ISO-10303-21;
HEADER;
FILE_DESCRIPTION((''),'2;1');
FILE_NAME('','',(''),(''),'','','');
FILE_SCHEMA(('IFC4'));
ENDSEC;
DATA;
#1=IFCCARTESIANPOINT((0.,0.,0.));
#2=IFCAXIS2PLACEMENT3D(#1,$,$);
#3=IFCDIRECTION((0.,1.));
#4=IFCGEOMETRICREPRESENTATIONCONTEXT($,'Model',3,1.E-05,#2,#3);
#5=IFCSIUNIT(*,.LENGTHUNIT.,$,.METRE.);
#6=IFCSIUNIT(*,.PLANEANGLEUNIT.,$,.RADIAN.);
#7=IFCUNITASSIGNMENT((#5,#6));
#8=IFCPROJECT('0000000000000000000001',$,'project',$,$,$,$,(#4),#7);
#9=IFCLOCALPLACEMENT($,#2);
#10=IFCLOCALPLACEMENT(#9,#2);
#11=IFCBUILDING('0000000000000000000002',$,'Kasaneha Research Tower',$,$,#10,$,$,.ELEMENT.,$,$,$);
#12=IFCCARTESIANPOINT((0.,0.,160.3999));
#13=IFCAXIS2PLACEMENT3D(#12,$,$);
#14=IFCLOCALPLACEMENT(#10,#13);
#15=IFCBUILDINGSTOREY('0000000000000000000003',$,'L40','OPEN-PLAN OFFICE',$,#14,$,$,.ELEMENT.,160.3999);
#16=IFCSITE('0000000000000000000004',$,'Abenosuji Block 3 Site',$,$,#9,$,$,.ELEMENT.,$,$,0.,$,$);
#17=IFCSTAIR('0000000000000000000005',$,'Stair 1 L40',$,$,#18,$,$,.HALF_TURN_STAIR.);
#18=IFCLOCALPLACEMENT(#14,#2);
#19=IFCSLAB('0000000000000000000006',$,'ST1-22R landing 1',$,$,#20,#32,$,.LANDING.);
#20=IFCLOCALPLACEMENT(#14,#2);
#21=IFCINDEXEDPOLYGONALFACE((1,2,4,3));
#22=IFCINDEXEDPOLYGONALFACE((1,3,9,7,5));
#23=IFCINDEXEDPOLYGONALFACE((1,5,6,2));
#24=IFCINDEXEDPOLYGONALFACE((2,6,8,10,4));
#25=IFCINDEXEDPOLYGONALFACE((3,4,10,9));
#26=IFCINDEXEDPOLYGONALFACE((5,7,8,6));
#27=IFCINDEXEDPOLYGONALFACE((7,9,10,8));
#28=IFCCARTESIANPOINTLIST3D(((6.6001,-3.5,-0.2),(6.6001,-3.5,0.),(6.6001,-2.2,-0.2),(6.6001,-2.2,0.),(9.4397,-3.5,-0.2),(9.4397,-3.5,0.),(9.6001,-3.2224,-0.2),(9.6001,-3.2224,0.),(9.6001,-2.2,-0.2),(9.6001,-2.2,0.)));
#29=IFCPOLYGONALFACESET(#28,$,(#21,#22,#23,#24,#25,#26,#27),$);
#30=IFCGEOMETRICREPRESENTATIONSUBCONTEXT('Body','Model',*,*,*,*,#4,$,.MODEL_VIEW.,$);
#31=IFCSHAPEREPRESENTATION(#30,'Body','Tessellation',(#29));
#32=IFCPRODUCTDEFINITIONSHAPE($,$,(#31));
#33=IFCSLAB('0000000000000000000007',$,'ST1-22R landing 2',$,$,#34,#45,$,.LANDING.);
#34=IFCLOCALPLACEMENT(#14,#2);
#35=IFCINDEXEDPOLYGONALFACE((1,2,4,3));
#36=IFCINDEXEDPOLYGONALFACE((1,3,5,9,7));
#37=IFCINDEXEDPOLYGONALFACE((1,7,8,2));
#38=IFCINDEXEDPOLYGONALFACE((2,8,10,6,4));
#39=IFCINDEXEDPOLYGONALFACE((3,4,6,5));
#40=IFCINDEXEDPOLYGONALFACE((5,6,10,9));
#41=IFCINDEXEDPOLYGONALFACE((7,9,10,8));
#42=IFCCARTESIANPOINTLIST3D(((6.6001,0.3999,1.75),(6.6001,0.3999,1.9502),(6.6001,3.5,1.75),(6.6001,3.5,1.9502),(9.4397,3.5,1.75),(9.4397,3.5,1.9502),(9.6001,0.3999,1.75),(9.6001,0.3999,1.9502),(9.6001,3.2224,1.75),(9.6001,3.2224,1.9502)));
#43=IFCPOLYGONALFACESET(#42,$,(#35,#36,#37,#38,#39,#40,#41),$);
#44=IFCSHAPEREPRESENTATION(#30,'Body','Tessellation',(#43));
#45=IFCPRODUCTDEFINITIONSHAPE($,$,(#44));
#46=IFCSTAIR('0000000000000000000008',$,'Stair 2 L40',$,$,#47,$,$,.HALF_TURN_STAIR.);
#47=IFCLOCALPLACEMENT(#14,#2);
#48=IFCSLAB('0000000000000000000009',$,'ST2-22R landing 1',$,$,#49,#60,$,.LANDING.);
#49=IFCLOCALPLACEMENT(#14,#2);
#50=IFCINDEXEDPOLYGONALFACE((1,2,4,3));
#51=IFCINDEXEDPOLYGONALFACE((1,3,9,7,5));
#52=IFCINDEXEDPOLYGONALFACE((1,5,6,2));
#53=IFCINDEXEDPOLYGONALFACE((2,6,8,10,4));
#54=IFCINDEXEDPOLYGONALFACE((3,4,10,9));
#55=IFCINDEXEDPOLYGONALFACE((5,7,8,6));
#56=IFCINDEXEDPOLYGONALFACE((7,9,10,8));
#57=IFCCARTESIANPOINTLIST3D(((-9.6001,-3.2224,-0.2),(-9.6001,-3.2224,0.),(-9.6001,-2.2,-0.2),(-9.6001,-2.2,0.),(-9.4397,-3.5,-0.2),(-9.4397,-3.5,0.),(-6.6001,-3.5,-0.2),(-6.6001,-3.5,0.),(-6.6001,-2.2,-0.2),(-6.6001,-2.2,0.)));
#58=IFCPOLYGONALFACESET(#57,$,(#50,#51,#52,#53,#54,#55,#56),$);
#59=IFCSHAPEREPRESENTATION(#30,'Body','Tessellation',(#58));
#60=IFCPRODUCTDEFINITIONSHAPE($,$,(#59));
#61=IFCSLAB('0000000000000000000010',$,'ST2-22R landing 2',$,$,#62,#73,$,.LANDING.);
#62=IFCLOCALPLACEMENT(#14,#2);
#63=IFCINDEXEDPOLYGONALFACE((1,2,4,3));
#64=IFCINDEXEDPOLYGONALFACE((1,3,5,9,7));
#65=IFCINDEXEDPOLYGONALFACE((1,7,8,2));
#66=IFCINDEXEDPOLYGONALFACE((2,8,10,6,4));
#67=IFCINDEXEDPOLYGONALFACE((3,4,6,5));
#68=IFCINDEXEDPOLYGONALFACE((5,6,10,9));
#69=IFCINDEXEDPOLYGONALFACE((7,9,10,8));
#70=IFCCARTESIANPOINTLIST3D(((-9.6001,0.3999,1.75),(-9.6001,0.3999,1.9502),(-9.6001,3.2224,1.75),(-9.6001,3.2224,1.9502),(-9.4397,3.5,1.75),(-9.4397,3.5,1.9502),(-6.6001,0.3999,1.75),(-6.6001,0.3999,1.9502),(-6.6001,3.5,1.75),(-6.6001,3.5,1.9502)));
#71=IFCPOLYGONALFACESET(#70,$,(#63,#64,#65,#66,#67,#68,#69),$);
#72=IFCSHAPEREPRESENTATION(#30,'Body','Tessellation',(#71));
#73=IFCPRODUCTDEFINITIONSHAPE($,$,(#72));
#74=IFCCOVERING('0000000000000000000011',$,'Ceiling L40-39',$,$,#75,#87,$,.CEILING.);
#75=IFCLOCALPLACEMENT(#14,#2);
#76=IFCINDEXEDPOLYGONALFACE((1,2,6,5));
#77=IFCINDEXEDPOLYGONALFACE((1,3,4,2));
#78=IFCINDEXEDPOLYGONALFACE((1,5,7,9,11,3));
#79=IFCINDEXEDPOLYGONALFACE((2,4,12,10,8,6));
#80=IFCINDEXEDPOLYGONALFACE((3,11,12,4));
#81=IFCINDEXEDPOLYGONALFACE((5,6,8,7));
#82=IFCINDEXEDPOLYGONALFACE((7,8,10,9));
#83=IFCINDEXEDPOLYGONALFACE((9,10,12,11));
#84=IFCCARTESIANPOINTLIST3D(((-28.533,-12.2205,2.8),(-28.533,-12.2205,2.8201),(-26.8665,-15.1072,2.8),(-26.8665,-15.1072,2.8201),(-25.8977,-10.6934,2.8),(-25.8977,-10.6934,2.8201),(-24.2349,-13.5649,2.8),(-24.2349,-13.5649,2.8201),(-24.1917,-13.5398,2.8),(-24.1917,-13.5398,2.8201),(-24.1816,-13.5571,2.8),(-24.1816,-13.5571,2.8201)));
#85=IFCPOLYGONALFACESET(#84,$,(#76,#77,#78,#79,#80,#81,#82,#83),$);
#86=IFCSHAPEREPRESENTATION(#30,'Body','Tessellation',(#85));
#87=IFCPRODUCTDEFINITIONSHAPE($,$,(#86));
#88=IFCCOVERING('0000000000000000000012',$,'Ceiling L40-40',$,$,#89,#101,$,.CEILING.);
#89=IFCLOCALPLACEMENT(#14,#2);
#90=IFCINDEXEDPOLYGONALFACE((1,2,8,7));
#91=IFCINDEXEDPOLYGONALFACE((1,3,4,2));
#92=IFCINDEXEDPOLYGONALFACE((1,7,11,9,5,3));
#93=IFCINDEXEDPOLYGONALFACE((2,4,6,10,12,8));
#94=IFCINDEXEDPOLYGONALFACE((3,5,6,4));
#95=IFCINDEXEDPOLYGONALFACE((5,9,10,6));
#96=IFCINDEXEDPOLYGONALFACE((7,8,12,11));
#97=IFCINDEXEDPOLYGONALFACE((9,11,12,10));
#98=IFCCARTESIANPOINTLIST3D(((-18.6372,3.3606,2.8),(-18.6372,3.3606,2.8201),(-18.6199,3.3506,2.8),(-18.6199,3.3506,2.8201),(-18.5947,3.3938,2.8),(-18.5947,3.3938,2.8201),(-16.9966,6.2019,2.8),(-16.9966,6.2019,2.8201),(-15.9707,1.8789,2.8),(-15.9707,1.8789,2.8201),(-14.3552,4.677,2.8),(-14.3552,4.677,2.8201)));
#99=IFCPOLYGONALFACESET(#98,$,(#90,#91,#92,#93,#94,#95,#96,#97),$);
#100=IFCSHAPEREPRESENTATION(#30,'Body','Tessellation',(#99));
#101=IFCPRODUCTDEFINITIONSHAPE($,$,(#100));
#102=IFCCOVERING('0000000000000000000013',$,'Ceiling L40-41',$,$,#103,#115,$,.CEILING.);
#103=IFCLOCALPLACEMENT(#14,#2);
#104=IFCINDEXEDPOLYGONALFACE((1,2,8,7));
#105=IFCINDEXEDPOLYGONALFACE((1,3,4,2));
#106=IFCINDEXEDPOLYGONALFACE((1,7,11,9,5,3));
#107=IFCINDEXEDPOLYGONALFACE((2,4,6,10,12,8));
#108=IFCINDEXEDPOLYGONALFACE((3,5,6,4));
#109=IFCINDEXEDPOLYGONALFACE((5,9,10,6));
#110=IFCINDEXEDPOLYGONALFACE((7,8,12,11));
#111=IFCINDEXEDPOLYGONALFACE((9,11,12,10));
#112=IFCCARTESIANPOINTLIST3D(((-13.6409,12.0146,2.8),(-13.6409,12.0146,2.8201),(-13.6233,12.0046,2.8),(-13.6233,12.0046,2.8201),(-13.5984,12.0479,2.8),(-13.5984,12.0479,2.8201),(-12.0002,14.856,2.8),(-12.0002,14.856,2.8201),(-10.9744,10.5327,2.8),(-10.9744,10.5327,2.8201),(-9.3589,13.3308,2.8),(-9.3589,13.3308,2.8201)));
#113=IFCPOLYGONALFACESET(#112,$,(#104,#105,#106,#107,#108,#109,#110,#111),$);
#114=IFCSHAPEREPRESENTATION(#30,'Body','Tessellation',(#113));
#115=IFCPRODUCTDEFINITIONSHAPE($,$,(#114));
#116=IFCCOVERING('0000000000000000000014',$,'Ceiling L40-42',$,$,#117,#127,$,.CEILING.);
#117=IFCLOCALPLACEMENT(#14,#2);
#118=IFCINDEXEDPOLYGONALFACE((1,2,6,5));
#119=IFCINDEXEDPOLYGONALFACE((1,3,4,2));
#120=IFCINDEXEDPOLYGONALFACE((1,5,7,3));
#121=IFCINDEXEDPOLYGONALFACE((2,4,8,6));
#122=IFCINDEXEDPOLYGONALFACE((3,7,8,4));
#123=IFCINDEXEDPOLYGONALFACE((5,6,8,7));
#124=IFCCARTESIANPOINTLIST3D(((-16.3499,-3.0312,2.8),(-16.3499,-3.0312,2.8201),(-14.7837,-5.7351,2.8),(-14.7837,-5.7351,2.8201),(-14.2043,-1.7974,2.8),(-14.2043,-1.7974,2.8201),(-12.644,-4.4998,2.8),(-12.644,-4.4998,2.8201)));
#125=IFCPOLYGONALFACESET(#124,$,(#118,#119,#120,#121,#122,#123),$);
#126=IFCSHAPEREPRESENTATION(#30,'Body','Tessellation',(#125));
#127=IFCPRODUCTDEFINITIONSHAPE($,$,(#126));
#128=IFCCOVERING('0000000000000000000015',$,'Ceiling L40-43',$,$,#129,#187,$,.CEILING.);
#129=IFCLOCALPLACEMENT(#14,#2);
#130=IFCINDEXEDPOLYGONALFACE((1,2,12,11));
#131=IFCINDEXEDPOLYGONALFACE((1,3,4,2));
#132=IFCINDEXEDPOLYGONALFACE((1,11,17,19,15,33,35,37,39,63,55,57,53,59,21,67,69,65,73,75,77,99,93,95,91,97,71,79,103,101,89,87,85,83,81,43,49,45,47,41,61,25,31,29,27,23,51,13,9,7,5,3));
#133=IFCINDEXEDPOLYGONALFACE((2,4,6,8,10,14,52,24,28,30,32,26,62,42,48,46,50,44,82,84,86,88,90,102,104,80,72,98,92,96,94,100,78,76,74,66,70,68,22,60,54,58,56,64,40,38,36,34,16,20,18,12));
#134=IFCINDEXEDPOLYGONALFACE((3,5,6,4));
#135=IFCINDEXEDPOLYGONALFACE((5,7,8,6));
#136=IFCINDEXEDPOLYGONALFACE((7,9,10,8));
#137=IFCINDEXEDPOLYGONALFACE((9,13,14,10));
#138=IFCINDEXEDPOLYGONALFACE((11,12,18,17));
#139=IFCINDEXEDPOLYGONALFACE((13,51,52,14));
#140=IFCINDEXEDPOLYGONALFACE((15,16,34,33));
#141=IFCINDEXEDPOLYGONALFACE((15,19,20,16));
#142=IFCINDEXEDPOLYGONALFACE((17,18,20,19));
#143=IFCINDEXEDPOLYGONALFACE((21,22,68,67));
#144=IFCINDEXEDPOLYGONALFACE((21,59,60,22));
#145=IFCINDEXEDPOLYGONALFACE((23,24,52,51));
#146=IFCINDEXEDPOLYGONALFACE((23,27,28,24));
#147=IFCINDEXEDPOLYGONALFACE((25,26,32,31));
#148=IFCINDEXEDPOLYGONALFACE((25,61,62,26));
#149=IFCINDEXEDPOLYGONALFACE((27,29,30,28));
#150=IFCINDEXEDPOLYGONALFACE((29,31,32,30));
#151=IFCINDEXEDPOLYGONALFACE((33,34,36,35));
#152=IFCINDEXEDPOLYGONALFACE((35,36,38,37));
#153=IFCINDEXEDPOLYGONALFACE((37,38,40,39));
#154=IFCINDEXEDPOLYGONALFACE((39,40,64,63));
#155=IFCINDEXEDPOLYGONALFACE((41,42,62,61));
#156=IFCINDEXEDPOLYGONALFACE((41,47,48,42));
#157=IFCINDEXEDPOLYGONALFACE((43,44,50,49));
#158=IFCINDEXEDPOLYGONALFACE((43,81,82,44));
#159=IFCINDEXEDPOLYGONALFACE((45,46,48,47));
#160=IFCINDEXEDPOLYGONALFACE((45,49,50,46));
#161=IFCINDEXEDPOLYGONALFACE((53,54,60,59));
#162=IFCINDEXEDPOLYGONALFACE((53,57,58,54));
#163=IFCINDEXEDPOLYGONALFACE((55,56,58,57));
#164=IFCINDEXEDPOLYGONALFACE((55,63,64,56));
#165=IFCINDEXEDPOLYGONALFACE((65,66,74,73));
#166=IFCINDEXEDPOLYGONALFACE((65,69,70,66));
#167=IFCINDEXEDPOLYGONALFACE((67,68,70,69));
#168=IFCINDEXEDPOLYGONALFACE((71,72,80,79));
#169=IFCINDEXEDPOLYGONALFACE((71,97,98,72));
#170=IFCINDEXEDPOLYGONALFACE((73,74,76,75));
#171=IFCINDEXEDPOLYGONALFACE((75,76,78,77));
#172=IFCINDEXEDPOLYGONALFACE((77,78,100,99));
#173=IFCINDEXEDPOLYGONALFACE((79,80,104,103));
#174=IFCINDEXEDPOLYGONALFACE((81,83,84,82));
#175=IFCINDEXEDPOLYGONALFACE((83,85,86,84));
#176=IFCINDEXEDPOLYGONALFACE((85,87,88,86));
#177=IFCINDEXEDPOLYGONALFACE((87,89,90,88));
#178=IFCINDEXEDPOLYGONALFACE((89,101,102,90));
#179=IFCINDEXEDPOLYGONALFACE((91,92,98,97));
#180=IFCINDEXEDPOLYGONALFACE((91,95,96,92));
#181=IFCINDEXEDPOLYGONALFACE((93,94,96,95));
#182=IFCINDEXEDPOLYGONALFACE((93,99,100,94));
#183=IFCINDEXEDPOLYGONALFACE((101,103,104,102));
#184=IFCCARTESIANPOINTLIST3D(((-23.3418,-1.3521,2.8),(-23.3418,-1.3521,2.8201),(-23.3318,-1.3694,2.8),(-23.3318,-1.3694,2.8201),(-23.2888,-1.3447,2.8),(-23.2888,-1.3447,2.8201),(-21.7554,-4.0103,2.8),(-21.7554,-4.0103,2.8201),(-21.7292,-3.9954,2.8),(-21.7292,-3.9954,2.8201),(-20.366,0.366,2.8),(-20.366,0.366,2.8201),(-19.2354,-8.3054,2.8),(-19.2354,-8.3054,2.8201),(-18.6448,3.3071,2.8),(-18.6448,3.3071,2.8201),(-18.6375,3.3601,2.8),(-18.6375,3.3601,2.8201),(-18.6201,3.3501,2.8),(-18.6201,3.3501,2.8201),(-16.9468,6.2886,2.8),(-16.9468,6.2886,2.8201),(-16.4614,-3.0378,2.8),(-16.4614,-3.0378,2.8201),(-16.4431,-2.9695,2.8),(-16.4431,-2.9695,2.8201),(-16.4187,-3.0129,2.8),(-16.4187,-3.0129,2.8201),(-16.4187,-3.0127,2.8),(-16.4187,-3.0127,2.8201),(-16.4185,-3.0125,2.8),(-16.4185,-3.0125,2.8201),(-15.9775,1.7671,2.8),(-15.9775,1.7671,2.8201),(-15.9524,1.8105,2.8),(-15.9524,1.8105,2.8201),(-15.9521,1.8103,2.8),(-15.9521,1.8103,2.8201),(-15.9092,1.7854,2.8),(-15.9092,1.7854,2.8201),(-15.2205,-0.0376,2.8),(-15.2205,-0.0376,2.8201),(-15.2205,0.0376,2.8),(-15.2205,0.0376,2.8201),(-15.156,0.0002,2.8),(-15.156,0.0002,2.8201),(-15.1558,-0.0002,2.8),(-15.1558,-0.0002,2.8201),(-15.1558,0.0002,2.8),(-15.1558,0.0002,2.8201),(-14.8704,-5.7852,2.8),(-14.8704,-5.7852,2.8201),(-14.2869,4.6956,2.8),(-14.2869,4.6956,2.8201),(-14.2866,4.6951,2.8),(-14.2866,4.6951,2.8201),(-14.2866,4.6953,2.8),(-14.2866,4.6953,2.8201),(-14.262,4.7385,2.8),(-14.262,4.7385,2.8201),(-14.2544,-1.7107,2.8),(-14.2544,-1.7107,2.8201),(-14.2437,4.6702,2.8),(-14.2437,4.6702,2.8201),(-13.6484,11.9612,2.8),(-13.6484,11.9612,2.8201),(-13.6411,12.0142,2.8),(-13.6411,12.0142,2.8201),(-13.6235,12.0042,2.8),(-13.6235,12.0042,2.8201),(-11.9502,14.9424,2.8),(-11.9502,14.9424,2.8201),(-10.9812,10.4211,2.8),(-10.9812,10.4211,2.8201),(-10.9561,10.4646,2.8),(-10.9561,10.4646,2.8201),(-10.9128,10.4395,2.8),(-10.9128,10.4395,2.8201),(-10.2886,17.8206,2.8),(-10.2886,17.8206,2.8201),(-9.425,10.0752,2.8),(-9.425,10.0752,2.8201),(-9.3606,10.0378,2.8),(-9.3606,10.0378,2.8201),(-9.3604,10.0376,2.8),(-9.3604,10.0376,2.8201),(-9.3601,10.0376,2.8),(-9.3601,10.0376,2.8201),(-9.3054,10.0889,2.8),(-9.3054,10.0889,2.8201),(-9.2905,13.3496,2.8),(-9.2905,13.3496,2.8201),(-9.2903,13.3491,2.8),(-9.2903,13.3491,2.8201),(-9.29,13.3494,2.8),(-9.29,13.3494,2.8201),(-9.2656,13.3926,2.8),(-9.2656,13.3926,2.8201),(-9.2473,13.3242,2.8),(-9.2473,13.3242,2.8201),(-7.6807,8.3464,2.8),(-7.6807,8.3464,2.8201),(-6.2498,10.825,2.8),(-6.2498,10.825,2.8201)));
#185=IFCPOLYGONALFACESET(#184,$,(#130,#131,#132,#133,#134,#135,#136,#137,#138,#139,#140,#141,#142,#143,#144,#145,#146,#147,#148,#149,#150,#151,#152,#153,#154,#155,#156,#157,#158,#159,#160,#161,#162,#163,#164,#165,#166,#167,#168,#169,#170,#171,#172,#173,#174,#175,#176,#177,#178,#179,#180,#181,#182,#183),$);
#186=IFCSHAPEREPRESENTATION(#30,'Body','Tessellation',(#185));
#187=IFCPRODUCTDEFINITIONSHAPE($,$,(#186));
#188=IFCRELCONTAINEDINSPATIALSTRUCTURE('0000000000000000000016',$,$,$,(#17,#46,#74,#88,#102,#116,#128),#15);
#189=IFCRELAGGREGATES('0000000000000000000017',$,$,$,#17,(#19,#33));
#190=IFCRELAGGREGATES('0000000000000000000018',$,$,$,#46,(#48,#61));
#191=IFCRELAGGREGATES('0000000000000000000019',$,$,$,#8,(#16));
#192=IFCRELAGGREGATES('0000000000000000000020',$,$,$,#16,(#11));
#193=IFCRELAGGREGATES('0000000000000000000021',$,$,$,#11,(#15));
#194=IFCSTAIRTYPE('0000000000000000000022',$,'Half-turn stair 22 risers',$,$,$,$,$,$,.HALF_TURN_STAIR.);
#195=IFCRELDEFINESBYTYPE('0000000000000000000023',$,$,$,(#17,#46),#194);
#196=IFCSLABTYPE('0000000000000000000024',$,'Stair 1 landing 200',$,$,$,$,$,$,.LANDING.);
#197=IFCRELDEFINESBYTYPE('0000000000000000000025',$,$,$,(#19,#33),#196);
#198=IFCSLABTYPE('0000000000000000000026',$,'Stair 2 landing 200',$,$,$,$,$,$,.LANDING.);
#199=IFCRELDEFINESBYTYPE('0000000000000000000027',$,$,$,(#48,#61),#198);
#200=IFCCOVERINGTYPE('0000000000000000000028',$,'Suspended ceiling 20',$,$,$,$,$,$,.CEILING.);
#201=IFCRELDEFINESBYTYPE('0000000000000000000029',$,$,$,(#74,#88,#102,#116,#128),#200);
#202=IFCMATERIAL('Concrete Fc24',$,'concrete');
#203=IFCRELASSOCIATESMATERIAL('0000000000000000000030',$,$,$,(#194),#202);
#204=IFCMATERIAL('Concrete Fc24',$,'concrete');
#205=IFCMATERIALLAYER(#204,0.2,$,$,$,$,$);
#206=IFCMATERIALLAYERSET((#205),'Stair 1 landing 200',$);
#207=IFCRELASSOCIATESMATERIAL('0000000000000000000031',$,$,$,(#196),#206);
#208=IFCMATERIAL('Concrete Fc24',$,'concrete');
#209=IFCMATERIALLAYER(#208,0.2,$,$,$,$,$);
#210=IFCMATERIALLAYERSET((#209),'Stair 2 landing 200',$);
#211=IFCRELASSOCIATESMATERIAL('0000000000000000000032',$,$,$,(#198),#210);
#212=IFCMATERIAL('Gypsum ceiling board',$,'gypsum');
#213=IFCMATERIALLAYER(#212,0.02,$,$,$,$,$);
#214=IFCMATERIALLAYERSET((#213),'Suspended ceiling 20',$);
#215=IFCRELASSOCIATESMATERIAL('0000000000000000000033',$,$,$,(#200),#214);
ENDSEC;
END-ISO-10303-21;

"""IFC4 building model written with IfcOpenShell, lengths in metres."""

from ifc_helpers import new_model, si_unit, direction, frame, origin, place, context, subcontext, project, spatial, polyline, outline, extrude, material, layer, layer_set, type_object, element, aggregate, save


model = new_model("IFC4")

# Units and contexts
model_context = context("Model", 3, precision=1e-05, world=origin(), true_north=direction((0.0, 1.0)))
body_context = subcontext(model_context, "Body", "Model", "MODEL_VIEW")
ifc_project = project(units=[si_unit("LENGTHUNIT", "METRE"), si_unit("PLANEANGLEUNIT", "RADIAN")], contexts=[model_context])

# Site, building, storey
site_placement = place(None, origin())
site = spatial("IfcSite", under=ifc_project, at=site_placement, Name="Abenosuji Block 3 Site", CompositionType="ELEMENT", RefElevation=0.0)
building_placement = place(site_placement, origin())
building = spatial("IfcBuilding", under=site, at=building_placement, Name="Kasaneha Research Tower", CompositionType="ELEMENT")
storey_placement = place(building_placement, frame((0.0, 0.0, 160.3999)))
storey = spatial("IfcBuildingStorey", under=building, at=storey_placement, Name="L40", Description="OPEN-PLAN OFFICE", CompositionType="ELEMENT", Elevation=160.3999)

# Stairs, slabs
ifc_material_1 = material(Name="Concrete Fc24", Category="concrete")
stair_type = type_object("IfcStairType", Name="Half-turn stair 22 risers", PredefinedType="HALF_TURN_STAIR", material=ifc_material_1)
stair_1_placement = place(storey_placement, origin())
stair_1 = element("IfcStair", 1, at=stair_1_placement, inside=storey, type_object=stair_type, Name="Stair 1 L40", PredefinedType="HALF_TURN_STAIR")
ifc_material_2 = material(Name="Concrete Fc24", Category="concrete")
ifc_layer_1 = layer(ifc_material_2, 0.2)
ifc_layer_set_1 = layer_set([ifc_layer_1], Name="Stair 1 landing 200")
slab_type_1 = type_object("IfcSlabType", Name="Stair 1 landing 200", PredefinedType="LANDING", material=ifc_layer_set_1)
slab_1_placement = place(storey_placement, frame((0.0, 0.0, -0.2)))
slab_1 = element("IfcSlab", 2, at=slab_1_placement, type_object=slab_type_1, Name="ST1-22R landing 1", PredefinedType="LANDING", context=body_context, shape_type="SweptSolid", body=[
    extrude(outline(polyline([(9.4397, -3.5), (6.6001, -3.5), (6.6001, -2.2), (9.6001, -2.2), (9.6001, -3.2224), (9.4397, -3.5)])), origin(), (0.0, 0.0, 1.0), 0.2),
])
slab_2_placement = place(storey_placement, frame((0.0, 0.0, 1.75)))
slab_2 = element("IfcSlab", 3, at=slab_2_placement, type_object=slab_type_1, Name="ST1-22R landing 2", PredefinedType="LANDING", context=body_context, shape_type="SweptSolid", body=[
    extrude(outline(polyline([(6.6001, 3.5), (9.4397, 3.5), (9.6001, 3.2224), (9.6001, 0.3999), (6.6001, 0.3999), (6.6001, 3.5)])), origin(), (0.0, 0.0, 1.0), 0.2002),
])
aggregate(stair_1, [slab_1, slab_2])
stair_2_placement = place(storey_placement, origin())
stair_2 = element("IfcStair", 4, at=stair_2_placement, inside=storey, type_object=stair_type, Name="Stair 2 L40", PredefinedType="HALF_TURN_STAIR")
ifc_material_3 = material(Name="Concrete Fc24", Category="concrete")
ifc_layer_2 = layer(ifc_material_3, 0.2)
ifc_layer_set_2 = layer_set([ifc_layer_2], Name="Stair 2 landing 200")
slab_type_2 = type_object("IfcSlabType", Name="Stair 2 landing 200", PredefinedType="LANDING", material=ifc_layer_set_2)
slab_3_placement = place(storey_placement, frame((0.0, 0.0, -0.2)))
slab_3 = element("IfcSlab", 5, at=slab_3_placement, type_object=slab_type_2, Name="ST2-22R landing 1", PredefinedType="LANDING", context=body_context, shape_type="SweptSolid", body=[
    extrude(outline(polyline([(-6.6001, -3.5), (-9.4397, -3.5), (-9.6001, -3.2224), (-9.6001, -2.2), (-6.6001, -2.2), (-6.6001, -3.5)])), origin(), (0.0, 0.0, 1.0), 0.2),
])
slab_4_placement = place(storey_placement, frame((0.0, 0.0, 1.75)))
slab_4 = element("IfcSlab", 6, at=slab_4_placement, type_object=slab_type_2, Name="ST2-22R landing 2", PredefinedType="LANDING", context=body_context, shape_type="SweptSolid", body=[
    extrude(outline(polyline([(-6.6001, 0.3999), (-9.6001, 0.3999), (-9.6001, 3.2224), (-9.4397, 3.5), (-6.6001, 3.5), (-6.6001, 0.3999)])), origin(), (0.0, 0.0, 1.0), 0.2002),
])
aggregate(stair_2, [slab_3, slab_4])

# Coverings
ifc_material_4 = material(Name="Gypsum ceiling board", Category="gypsum")
ifc_layer_3 = layer(ifc_material_4, 0.02)
ifc_layer_set_3 = layer_set([ifc_layer_3], Name="Suspended ceiling 20")
covering_type_1 = type_object("IfcCoveringType", Name="Suspended ceiling 20", PredefinedType="CEILING", material=ifc_layer_set_3)
covering_1_placement = place(storey_placement, frame((0.0, 0.0, 2.8)))
element("IfcCovering", 7, at=covering_1_placement, inside=storey, type_object=covering_type_1, Name="Ceiling L40-39", PredefinedType="CEILING", context=body_context, shape_type="SweptSolid", body=[
    extrude(outline(polyline([(-28.533, -12.2205), (-25.8977, -10.6934), (-24.2349, -13.5649), (-24.1917, -13.5398), (-24.1816, -13.5571), (-26.8665, -15.1072), (-28.533, -12.2205)])), origin(), (0.0, 0.0, 1.0), 0.02),
])
covering_2_placement = place(storey_placement, frame((0.0, 0.0, 2.8)))
element("IfcCovering", 8, at=covering_2_placement, inside=storey, type_object=covering_type_1, Name="Ceiling L40-40", PredefinedType="CEILING", context=body_context, shape_type="SweptSolid", body=[
    extrude(outline(polyline([(-16.9966, 6.2019), (-14.3552, 4.677), (-15.9707, 1.8789), (-18.5947, 3.3938), (-18.6199, 3.3506), (-18.6372, 3.3606), (-16.9966, 6.2019)])), origin(), (0.0, 0.0, 1.0), 0.02),
])
covering_3_placement = place(storey_placement, frame((0.0, 0.0, 2.8)))
element("IfcCovering", 9, at=covering_3_placement, inside=storey, type_object=covering_type_1, Name="Ceiling L40-41", PredefinedType="CEILING", context=body_context, shape_type="SweptSolid", body=[
    extrude(outline(polyline([(-12.0002, 14.856), (-9.3589, 13.3308), (-10.9744, 10.5327), (-13.5984, 12.0479), (-13.6233, 12.0046), (-13.6409, 12.0146), (-12.0002, 14.856)])), origin(), (0.0, 0.0, 1.0), 0.02),
])
covering_4_placement = place(storey_placement, frame((0.0, 0.0, 2.8)))
element("IfcCovering", 10, at=covering_4_placement, inside=storey, type_object=covering_type_1, Name="Ceiling L40-42", PredefinedType="CEILING", context=body_context, shape_type="SweptSolid", body=[
    extrude(outline(polyline([(-16.3499, -3.0312), (-14.2043, -1.7974), (-12.644, -4.4998), (-14.7837, -5.7351), (-16.3499, -3.0312)])), origin(), (0.0, 0.0, 1.0), 0.02),
])
covering_5_placement = place(storey_placement, frame((0.0, 0.0, 2.8)))
element("IfcCovering", 11, at=covering_5_placement, inside=storey, type_object=covering_type_1, Name="Ceiling L40-43", PredefinedType="CEILING", context=body_context, shape_type="SweptSolid", body=[
    extrude(outline(polyline([(-9.3606, 10.0378), (-9.3606, 10.0378), (-9.425, 10.0752), (-15.2205, 0.0376), (-15.1558, 0.0002), (-15.156, 0.0002), (-15.1558, -0.0002), (-15.2205, -0.0376), (-14.2544, -1.7107), (-16.4431, -2.9695), (-16.4185, -3.0125), (-16.4187, -3.0127), (-16.4187, -3.0129), (-16.4614, -3.0378), (-14.8704, -5.7852), (-19.2354, -8.3054), (-21.7292, -3.9954), (-21.7554, -4.0103), (-23.2888, -1.3447), (-23.3318, -1.3694), (-23.3418, -1.3521), (-20.366, 0.366), (-18.6375, 3.3601), (-18.6201, 3.3501), (-18.6448, 3.3071), (-15.9775, 1.7671), (-15.9524, 1.8105), (-15.9521, 1.8103), (-15.9521, 1.8103), (-15.9092, 1.7854), (-14.2437, 4.6702), (-14.2866, 4.6951), (-14.2866, 4.6953), (-14.2869, 4.6956), (-14.262, 4.7385), (-16.9468, 6.2886), (-13.6411, 12.0142), (-13.6235, 12.0042), (-13.6484, 11.9612), (-10.9812, 10.4211), (-10.9561, 10.4646), (-10.9128, 10.4395), (-9.2473, 13.3242), (-9.2903, 13.3491), (-9.29, 13.3494), (-9.2905, 13.3496), (-9.2656, 13.3926), (-11.9502, 14.9424), (-10.2886, 17.8206), (-6.2498, 10.825), (-7.6807, 8.3464), (-9.3054, 10.0889), (-9.3601, 10.0376), (-9.3604, 10.0376), (-9.3606, 10.0378)])), origin(), (0.0, 0.0, 1.0), 0.02),
])

save(model, "model.ifc")
